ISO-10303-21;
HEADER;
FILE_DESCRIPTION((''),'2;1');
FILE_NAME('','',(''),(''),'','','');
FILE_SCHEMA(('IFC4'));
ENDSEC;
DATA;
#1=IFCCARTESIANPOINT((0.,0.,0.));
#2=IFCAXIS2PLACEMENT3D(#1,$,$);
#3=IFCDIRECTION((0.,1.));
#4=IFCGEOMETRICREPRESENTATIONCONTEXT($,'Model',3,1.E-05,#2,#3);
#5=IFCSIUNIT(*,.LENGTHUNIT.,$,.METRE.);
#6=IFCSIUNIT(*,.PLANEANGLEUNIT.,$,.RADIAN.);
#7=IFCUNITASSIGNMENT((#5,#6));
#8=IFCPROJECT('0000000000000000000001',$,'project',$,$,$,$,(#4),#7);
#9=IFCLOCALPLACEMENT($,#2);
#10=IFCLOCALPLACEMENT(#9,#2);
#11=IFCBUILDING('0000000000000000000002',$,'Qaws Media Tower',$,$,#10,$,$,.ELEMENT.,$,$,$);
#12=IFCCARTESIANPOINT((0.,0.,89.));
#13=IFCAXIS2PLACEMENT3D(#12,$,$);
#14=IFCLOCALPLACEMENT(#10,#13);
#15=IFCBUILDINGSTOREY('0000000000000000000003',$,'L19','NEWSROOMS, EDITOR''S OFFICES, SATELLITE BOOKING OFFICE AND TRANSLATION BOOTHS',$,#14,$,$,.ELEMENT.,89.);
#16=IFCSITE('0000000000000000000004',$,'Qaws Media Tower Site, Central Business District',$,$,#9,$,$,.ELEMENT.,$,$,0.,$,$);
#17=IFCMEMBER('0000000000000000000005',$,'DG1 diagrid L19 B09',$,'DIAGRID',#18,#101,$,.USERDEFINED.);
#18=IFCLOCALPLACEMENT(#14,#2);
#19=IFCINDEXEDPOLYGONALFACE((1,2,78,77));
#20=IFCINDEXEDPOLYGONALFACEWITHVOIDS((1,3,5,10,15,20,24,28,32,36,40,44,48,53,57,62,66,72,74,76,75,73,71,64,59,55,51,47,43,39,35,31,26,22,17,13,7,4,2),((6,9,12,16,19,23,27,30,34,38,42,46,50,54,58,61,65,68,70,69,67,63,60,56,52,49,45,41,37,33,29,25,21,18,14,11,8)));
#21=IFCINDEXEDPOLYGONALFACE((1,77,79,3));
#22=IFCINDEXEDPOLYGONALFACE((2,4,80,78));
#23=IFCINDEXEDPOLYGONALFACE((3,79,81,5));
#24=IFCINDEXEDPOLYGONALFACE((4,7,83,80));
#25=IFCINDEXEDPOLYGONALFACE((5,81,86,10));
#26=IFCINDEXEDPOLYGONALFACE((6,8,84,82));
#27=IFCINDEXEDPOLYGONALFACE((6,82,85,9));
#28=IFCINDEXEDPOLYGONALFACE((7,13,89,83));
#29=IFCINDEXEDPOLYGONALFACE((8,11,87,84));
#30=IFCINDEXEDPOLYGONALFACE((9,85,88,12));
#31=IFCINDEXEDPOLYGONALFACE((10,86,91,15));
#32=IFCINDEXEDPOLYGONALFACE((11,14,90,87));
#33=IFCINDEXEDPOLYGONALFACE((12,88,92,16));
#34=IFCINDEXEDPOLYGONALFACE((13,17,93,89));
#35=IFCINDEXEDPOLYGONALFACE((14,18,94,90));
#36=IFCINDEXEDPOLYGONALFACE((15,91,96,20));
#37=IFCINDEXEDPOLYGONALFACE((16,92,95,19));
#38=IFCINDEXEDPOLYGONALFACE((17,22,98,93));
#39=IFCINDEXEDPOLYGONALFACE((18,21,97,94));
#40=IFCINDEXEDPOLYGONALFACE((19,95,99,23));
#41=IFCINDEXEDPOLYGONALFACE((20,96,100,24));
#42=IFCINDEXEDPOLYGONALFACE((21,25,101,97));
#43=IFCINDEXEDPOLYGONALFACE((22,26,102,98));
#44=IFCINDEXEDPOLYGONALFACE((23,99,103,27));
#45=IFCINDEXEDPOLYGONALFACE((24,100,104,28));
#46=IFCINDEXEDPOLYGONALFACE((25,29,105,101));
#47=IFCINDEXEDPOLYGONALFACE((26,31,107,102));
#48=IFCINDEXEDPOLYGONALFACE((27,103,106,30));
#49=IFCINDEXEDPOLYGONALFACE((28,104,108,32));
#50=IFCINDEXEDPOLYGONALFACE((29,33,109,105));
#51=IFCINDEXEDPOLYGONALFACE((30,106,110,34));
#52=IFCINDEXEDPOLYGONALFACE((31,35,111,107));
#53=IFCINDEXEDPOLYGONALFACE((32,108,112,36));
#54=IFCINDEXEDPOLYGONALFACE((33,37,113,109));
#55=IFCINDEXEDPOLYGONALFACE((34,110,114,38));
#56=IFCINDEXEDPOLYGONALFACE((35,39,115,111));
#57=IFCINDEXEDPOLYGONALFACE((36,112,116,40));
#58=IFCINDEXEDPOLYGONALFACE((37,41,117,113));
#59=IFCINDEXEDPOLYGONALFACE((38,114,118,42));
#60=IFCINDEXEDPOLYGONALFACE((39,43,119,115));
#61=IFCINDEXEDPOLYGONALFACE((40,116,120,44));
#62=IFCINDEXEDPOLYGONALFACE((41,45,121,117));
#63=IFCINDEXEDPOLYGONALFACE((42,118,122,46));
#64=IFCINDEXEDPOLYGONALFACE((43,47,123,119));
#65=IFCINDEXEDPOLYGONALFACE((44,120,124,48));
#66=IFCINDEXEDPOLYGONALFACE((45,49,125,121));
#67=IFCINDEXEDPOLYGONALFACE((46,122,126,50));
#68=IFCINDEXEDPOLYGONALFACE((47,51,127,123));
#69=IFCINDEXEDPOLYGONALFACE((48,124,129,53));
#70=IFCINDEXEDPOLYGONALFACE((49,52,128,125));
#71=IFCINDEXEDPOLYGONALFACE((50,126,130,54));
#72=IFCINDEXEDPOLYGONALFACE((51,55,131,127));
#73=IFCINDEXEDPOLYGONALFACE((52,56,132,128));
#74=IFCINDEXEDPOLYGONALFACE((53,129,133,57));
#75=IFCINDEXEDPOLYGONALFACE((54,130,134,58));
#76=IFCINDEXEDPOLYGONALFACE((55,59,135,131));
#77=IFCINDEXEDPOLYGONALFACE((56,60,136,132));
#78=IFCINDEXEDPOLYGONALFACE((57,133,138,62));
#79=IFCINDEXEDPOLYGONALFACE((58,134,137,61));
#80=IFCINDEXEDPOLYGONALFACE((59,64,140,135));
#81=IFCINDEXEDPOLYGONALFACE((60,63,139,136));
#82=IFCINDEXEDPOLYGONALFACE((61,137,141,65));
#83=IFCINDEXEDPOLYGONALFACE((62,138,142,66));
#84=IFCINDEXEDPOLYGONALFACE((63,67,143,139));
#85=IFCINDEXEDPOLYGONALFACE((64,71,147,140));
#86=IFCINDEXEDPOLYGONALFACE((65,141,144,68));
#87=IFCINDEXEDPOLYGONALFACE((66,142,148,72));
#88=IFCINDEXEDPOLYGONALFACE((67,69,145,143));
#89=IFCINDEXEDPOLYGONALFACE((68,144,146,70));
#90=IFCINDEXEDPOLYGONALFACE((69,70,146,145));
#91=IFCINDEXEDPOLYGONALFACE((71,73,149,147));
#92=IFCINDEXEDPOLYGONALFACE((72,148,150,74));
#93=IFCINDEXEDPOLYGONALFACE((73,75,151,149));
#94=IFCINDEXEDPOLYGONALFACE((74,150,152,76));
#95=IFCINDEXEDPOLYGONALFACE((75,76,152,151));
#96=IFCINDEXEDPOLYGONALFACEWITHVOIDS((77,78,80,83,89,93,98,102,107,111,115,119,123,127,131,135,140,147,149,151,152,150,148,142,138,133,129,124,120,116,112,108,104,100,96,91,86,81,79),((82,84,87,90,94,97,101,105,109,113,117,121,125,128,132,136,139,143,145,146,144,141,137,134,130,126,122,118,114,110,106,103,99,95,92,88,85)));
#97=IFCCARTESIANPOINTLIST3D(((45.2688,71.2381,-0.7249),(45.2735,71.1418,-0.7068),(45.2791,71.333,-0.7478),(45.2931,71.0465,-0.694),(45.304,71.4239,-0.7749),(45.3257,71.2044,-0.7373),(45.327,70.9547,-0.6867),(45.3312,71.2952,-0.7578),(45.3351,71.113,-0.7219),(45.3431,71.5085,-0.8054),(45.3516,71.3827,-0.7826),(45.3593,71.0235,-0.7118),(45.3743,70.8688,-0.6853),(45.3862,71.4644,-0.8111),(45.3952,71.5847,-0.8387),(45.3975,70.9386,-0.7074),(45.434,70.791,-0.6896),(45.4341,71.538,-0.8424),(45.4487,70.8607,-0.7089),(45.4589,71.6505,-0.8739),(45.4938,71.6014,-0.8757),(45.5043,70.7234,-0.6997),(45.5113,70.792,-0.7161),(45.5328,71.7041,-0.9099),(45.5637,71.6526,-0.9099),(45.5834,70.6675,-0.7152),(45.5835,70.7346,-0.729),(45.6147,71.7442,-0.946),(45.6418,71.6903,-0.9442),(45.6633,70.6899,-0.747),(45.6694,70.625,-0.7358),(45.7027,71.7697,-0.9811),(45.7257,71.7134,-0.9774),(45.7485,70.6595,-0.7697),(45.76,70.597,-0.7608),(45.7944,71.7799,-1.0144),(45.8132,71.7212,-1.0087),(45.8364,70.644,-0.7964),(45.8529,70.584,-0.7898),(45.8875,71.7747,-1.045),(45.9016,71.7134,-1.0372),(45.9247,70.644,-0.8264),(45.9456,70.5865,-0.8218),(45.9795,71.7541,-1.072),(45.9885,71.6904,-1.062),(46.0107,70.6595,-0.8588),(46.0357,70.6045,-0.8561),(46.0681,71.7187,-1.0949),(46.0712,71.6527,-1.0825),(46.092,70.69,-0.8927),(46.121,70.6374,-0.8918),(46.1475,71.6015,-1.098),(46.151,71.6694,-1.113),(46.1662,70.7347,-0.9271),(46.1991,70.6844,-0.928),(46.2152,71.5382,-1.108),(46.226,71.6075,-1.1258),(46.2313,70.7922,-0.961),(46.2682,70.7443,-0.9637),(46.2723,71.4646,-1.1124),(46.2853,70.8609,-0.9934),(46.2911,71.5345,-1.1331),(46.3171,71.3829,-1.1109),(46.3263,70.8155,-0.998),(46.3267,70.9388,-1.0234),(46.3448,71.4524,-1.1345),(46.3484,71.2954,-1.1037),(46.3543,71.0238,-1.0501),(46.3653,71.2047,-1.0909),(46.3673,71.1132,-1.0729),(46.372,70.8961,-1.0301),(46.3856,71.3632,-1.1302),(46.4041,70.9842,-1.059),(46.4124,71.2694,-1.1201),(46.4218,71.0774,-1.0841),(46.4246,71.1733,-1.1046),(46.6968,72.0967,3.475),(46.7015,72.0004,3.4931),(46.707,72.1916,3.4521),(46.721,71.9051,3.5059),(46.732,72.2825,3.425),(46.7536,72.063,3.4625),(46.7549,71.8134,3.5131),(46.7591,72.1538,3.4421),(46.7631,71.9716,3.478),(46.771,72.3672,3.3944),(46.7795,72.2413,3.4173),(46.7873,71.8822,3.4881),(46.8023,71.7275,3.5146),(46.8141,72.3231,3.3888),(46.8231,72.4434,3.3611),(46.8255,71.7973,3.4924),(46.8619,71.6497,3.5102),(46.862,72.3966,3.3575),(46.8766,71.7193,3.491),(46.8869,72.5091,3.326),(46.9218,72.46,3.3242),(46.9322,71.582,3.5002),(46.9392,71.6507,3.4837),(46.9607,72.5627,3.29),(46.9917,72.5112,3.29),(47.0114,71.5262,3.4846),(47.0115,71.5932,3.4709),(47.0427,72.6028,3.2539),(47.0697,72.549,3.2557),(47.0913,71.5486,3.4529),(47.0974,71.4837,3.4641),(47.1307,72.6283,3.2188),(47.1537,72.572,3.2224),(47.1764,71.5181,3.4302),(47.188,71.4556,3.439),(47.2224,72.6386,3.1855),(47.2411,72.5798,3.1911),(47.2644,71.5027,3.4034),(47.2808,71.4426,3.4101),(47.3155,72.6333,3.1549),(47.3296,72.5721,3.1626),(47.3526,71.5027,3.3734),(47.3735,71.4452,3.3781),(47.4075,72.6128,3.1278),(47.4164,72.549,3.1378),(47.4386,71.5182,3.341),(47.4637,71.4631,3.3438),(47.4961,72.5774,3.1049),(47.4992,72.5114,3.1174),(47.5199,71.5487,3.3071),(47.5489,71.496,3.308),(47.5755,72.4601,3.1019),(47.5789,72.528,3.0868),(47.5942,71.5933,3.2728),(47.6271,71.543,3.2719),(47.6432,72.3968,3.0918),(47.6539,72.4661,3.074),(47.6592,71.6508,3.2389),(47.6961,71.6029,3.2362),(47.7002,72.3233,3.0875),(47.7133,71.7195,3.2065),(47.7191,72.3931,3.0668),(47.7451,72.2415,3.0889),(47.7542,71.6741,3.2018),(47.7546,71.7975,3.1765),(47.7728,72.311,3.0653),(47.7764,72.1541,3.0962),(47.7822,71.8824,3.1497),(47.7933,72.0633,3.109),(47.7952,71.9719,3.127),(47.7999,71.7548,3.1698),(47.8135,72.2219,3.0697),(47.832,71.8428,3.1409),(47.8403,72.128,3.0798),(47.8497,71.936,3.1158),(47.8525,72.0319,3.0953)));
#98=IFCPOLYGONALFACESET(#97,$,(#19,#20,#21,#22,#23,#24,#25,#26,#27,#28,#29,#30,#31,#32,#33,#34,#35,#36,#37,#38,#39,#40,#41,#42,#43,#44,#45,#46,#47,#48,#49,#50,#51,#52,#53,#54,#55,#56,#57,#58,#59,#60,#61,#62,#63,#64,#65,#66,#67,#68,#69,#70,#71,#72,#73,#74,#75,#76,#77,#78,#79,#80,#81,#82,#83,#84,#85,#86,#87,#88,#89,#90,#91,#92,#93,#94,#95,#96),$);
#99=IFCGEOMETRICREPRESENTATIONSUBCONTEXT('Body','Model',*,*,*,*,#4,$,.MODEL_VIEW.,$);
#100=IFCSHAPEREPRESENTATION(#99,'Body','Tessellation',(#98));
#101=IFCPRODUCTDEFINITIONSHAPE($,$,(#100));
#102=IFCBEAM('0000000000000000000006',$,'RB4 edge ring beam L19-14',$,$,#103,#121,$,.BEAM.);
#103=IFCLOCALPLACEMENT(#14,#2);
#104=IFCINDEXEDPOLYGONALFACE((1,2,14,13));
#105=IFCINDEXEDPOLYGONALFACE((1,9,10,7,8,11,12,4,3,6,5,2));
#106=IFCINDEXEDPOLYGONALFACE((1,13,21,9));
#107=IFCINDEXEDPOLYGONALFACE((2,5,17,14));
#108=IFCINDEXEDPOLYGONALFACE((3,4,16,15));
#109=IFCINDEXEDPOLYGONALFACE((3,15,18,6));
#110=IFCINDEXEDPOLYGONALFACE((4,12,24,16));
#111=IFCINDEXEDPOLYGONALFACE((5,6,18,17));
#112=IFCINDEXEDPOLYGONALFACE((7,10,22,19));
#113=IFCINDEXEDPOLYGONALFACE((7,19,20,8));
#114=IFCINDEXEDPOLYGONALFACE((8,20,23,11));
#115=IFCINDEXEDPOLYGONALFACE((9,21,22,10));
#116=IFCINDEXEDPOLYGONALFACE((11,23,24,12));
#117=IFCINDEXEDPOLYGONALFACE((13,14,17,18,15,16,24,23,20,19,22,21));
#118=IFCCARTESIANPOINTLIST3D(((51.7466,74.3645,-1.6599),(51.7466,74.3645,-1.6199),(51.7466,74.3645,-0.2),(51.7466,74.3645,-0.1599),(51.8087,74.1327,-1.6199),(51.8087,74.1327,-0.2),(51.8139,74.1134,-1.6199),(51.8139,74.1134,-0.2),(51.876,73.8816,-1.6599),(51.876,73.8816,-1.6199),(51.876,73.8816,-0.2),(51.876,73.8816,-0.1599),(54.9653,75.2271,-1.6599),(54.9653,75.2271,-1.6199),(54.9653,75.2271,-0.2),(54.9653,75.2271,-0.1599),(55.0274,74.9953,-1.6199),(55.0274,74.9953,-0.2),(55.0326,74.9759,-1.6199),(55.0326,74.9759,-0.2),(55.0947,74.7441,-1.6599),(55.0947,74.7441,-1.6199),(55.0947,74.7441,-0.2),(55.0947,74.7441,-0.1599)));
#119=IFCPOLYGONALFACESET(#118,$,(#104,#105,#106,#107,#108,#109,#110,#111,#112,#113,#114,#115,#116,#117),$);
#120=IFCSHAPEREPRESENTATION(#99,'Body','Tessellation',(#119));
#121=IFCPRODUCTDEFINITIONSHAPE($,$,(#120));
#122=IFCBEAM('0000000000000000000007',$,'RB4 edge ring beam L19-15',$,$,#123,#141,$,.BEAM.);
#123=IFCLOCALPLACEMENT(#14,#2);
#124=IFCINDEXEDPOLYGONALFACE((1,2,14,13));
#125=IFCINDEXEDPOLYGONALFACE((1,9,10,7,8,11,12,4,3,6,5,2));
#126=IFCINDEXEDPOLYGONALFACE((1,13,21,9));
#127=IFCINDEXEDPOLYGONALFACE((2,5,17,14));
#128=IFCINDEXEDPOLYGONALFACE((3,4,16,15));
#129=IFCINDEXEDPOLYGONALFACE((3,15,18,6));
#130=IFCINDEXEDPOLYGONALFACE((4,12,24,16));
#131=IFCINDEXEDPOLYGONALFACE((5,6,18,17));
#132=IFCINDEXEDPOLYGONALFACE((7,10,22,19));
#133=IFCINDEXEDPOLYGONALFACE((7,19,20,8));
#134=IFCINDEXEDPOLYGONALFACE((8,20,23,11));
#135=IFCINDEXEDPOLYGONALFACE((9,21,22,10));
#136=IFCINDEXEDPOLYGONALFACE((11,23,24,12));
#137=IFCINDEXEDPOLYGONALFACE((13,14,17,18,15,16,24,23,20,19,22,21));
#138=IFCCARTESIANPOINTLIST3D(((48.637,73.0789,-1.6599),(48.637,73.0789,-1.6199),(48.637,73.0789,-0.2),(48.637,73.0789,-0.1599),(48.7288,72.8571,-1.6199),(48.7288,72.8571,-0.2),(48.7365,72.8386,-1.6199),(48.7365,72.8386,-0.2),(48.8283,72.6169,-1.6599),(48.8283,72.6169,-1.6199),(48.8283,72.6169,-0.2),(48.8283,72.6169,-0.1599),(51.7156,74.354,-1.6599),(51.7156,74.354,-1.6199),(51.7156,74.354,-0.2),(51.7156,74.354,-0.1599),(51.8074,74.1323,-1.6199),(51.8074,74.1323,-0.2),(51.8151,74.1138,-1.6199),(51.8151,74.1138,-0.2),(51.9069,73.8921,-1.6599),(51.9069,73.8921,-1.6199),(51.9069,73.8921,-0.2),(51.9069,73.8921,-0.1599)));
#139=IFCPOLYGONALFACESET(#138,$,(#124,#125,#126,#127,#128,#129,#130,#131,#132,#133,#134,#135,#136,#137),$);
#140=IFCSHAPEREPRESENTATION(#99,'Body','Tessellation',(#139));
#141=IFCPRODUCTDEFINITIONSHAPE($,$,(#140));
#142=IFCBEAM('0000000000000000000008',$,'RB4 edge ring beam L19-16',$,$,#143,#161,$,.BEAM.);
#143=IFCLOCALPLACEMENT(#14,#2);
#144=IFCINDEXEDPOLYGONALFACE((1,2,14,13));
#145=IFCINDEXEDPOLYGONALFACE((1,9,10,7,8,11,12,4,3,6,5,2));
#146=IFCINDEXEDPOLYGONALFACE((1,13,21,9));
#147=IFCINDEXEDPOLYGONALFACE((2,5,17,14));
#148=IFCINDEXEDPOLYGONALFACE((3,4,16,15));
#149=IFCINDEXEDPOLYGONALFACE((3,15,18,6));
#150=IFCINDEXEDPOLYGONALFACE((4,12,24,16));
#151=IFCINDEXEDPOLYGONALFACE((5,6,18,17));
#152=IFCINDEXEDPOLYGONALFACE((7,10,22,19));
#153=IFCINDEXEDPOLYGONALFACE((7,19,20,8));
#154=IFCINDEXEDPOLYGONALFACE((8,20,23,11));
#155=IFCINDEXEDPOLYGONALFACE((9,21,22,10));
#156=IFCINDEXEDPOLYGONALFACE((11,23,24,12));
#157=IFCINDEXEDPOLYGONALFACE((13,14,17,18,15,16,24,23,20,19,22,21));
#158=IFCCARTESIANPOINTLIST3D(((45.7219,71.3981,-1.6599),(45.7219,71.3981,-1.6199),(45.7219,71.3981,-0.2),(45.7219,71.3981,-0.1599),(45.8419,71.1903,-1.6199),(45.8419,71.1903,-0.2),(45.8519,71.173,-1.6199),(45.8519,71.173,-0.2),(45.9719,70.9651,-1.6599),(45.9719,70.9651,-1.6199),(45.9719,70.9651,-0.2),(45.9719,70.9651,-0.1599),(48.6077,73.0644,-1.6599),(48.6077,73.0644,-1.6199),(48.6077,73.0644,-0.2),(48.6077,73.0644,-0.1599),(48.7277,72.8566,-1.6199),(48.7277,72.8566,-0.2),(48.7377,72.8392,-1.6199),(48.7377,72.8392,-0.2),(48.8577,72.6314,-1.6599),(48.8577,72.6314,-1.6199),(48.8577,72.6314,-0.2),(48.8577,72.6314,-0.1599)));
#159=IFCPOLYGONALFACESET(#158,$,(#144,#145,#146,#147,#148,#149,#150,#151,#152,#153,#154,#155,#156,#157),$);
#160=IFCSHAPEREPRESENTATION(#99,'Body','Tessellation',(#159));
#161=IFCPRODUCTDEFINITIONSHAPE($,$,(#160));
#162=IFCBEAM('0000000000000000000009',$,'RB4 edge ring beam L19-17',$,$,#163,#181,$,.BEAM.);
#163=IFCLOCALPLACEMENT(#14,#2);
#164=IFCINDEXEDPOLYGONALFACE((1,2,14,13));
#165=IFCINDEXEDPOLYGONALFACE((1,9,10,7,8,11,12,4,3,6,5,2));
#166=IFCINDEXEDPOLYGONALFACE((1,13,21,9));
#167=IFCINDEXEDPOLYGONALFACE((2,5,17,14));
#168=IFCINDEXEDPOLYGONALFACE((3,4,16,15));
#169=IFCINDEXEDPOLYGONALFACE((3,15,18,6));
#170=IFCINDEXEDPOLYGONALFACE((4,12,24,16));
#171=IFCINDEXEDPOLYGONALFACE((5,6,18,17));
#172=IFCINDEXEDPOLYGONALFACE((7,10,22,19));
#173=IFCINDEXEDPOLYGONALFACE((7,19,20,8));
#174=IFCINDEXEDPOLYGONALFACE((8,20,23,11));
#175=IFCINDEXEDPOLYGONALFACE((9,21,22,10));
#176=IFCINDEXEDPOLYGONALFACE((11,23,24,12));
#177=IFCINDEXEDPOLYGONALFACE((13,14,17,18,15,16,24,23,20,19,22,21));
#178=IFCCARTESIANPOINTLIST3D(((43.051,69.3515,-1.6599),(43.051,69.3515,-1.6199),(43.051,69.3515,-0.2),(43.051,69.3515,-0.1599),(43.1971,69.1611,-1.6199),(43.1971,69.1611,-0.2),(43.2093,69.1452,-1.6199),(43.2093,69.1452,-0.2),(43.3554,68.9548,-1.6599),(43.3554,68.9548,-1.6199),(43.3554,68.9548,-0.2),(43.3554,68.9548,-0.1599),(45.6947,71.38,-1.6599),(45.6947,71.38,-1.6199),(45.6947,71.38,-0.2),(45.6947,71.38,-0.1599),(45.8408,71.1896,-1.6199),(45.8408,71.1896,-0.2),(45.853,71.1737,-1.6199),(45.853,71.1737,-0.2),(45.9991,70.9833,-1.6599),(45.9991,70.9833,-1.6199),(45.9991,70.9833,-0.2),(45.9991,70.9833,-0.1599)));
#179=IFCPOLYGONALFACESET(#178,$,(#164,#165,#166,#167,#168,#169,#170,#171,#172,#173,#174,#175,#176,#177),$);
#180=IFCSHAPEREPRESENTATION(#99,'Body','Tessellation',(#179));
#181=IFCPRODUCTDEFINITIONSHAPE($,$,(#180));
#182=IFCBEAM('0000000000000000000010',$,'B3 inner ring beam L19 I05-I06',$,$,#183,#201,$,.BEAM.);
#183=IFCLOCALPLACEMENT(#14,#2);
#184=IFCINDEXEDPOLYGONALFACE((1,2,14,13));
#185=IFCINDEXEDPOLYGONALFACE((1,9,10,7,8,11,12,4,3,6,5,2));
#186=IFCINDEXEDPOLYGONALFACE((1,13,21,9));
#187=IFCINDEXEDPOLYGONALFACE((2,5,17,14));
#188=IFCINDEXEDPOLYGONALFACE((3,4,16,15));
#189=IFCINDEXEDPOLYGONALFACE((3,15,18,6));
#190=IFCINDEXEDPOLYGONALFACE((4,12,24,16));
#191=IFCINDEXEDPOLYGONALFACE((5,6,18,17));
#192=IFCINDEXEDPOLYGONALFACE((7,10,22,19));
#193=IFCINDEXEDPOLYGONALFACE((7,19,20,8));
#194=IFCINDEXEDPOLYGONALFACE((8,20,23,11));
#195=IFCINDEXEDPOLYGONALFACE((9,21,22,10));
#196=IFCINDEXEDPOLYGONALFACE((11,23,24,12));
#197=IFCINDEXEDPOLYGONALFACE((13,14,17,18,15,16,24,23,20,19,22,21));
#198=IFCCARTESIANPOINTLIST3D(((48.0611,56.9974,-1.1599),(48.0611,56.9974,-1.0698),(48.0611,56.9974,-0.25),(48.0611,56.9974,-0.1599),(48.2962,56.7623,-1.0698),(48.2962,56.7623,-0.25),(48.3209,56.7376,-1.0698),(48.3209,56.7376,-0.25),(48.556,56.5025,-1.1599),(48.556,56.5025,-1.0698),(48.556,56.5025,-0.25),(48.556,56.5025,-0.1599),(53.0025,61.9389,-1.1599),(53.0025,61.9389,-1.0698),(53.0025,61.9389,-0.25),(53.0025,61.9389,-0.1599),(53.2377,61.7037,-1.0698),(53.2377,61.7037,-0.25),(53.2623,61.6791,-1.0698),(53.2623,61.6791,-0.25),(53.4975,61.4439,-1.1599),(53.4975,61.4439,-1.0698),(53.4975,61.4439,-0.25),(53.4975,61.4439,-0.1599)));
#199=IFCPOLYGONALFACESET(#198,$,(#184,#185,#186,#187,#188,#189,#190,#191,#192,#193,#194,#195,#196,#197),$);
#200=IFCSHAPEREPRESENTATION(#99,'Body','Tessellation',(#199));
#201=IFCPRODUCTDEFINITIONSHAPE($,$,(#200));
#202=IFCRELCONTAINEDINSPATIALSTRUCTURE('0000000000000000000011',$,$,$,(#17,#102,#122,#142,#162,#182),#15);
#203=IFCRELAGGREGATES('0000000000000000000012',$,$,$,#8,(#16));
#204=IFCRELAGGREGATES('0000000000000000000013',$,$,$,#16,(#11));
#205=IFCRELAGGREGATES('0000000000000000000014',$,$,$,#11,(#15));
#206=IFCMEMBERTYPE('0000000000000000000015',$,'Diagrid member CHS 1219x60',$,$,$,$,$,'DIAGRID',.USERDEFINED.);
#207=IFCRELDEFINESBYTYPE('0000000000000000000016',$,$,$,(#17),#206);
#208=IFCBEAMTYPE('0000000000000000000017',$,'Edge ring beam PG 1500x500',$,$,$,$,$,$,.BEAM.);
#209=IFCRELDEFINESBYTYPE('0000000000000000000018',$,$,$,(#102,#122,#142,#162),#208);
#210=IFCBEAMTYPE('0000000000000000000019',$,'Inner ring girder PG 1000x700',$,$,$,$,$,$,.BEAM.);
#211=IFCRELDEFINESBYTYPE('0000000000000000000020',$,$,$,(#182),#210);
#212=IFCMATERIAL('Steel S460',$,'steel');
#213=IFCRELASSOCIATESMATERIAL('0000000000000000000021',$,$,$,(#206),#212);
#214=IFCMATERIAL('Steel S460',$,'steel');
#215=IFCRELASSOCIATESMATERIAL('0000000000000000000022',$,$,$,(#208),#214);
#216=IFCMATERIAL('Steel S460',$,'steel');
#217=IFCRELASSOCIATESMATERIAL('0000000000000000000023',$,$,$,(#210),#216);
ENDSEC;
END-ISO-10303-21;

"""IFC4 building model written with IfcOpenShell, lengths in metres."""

from ifc_helpers import new_model, si_unit, direction, frame, origin, origin_2d, place, context, subcontext, project, spatial, hollow_circle, i_section, extrude, material, material_profile, profile_set, type_object, element, save


model = new_model("IFC4")

# Units and contexts
model_context = context("Model", 3, precision=1e-05, world=origin(), true_north=direction((0.0, 1.0)))
body_context = subcontext(model_context, "Body", "Model", "MODEL_VIEW")
ifc_project = project(units=[si_unit("LENGTHUNIT", "METRE"), si_unit("PLANEANGLEUNIT", "RADIAN")], contexts=[model_context])

# Site, building, storey
site_placement = place(None, origin())
site = spatial("IfcSite", under=ifc_project, at=site_placement, Name="Qaws Media Tower Site, Central Business District", CompositionType="ELEMENT", RefElevation=0.0)
building_placement = place(site_placement, origin())
building = spatial("IfcBuilding", under=site, at=building_placement, Name="Qaws Media Tower", CompositionType="ELEMENT")
storey_placement = place(building_placement, frame((0.0, 0.0, 89.0)))
storey = spatial("IfcBuildingStorey", under=building, at=storey_placement, Name="L19", Description="NEWSROOMS, EDITOR'S OFFICES, SATELLITE BOOKING OFFICE AND TRANSLATION BOOTHS", CompositionType="ELEMENT", Elevation=89.0)

# Member
ifc_material_1 = material(Name="Steel S460", Category="steel")
ifc_material_profile_1 = material_profile(ifc_material_1, hollow_circle(Radius=0.6096, WallThickness=0.0601, at=origin_2d()), Name="CHS 1219x60")
ifc_profile_set_1 = profile_set([ifc_material_profile_1], Name="Steel S460")
member_type_1 = type_object("IfcMemberType", Name="Diagrid member CHS 1219x60", ElementType="DIAGRID", PredefinedType="USERDEFINED", material=ifc_profile_set_1)
member_1_placement = place(storey_placement, frame((45.8469, 71.1816, -0.9099), z_axis=(0.316036, 0.190032, 0.929521), x_axis=(-0.515314, 0.857001, 0.0)))
element("IfcMember", 1, at=member_1_placement, inside=storey, type_object=member_type_1, Name="DG1 diagrid L19 B09", ObjectType="DIAGRID", PredefinedType="USERDEFINED", context=body_context, shape_type="SweptSolid", body=[
    extrude(hollow_circle(Radius=0.6096, WallThickness=0.0601, at=origin_2d()), origin(), (0.0, 0.0, 1.0), 4.5183),
])

# Beams
ifc_material_2 = material(Name="Steel S460", Category="steel")
ifc_material_profile_2 = material_profile(ifc_material_2, i_section(OverallWidth=0.5, OverallDepth=1.5, WebThickness=0.02, FlangeThickness=0.04, at=origin_2d()), Name="PG 1500x500")
ifc_profile_set_2 = profile_set([ifc_material_profile_2], Name="Steel S460")
beam_type_1 = type_object("IfcBeamType", Name="Edge ring beam PG 1500x500", PredefinedType="BEAM", material=ifc_profile_set_2)
for number, where, z_axis, x_axis, name in (
    (2, (55.03, 74.9856, -0.9099), (-0.965919, -0.258844, 0.0), (0.258844, -0.965919, 0.0), "RB4 edge ring beam L19-14"),
    (3, (51.8113, 74.123, -0.9099), (-0.923886, -0.382669, 0.0), (0.382669, -0.923886, 0.0), "RB4 edge ring beam L19-15"),
    (4, (48.7327, 72.8479, -0.9099), (-0.866003, -0.50004, 0.0), (0.50004, -0.866003, 0.0), "RB4 edge ring beam L19-16"),
    (5, (45.8469, 71.1816, -0.9099), (-0.793367, -0.608744, 0.0), (0.608744, -0.793367, 0.0), "RB4 edge ring beam L19-17"),
):
    element("IfcBeam", number, at=place(storey_placement, frame(where, z_axis=z_axis, x_axis=x_axis)), inside=storey, type_object=beam_type_1, Name=name, PredefinedType="BEAM", context=body_context, shape_type="SweptSolid", body=[
        extrude(i_section(OverallWidth=0.5, OverallDepth=1.5, WebThickness=0.02, FlangeThickness=0.04, at=origin_2d()), origin(), (0.0, 0.0, 1.0), 3.3323),
    ])
ifc_material_3 = material(Name="Steel S460", Category="steel")
ifc_material_profile_3 = material_profile(ifc_material_3, i_section(OverallWidth=0.7, OverallDepth=1.0, WebThickness=0.0349, FlangeThickness=0.0901, at=origin_2d()), Name="PG 1000x700")
ifc_profile_set_3 = profile_set([ifc_material_profile_3], Name="Steel S460")
beam_type_2 = type_object("IfcBeamType", Name="Inner ring girder PG 1000x700", PredefinedType="BEAM", material=ifc_profile_set_3)
beam_1_placement = place(storey_placement, frame((53.25, 61.6914, -0.6599), z_axis=(-0.707107, -0.707107, 0.0), x_axis=(0.707107, -0.707107, 0.0)))
element("IfcBeam", 6, at=beam_1_placement, inside=storey, type_object=beam_type_2, Name="B3 inner ring beam L19 I05-I06", PredefinedType="BEAM", context=body_context, shape_type="SweptSolid", body=[
    extrude(i_section(OverallWidth=0.7, OverallDepth=1.0, WebThickness=0.0349, FlangeThickness=0.0901, at=origin_2d()), origin(), (0.0, 0.0, 1.0), 6.9883),
])

save(model, "model.ifc")
